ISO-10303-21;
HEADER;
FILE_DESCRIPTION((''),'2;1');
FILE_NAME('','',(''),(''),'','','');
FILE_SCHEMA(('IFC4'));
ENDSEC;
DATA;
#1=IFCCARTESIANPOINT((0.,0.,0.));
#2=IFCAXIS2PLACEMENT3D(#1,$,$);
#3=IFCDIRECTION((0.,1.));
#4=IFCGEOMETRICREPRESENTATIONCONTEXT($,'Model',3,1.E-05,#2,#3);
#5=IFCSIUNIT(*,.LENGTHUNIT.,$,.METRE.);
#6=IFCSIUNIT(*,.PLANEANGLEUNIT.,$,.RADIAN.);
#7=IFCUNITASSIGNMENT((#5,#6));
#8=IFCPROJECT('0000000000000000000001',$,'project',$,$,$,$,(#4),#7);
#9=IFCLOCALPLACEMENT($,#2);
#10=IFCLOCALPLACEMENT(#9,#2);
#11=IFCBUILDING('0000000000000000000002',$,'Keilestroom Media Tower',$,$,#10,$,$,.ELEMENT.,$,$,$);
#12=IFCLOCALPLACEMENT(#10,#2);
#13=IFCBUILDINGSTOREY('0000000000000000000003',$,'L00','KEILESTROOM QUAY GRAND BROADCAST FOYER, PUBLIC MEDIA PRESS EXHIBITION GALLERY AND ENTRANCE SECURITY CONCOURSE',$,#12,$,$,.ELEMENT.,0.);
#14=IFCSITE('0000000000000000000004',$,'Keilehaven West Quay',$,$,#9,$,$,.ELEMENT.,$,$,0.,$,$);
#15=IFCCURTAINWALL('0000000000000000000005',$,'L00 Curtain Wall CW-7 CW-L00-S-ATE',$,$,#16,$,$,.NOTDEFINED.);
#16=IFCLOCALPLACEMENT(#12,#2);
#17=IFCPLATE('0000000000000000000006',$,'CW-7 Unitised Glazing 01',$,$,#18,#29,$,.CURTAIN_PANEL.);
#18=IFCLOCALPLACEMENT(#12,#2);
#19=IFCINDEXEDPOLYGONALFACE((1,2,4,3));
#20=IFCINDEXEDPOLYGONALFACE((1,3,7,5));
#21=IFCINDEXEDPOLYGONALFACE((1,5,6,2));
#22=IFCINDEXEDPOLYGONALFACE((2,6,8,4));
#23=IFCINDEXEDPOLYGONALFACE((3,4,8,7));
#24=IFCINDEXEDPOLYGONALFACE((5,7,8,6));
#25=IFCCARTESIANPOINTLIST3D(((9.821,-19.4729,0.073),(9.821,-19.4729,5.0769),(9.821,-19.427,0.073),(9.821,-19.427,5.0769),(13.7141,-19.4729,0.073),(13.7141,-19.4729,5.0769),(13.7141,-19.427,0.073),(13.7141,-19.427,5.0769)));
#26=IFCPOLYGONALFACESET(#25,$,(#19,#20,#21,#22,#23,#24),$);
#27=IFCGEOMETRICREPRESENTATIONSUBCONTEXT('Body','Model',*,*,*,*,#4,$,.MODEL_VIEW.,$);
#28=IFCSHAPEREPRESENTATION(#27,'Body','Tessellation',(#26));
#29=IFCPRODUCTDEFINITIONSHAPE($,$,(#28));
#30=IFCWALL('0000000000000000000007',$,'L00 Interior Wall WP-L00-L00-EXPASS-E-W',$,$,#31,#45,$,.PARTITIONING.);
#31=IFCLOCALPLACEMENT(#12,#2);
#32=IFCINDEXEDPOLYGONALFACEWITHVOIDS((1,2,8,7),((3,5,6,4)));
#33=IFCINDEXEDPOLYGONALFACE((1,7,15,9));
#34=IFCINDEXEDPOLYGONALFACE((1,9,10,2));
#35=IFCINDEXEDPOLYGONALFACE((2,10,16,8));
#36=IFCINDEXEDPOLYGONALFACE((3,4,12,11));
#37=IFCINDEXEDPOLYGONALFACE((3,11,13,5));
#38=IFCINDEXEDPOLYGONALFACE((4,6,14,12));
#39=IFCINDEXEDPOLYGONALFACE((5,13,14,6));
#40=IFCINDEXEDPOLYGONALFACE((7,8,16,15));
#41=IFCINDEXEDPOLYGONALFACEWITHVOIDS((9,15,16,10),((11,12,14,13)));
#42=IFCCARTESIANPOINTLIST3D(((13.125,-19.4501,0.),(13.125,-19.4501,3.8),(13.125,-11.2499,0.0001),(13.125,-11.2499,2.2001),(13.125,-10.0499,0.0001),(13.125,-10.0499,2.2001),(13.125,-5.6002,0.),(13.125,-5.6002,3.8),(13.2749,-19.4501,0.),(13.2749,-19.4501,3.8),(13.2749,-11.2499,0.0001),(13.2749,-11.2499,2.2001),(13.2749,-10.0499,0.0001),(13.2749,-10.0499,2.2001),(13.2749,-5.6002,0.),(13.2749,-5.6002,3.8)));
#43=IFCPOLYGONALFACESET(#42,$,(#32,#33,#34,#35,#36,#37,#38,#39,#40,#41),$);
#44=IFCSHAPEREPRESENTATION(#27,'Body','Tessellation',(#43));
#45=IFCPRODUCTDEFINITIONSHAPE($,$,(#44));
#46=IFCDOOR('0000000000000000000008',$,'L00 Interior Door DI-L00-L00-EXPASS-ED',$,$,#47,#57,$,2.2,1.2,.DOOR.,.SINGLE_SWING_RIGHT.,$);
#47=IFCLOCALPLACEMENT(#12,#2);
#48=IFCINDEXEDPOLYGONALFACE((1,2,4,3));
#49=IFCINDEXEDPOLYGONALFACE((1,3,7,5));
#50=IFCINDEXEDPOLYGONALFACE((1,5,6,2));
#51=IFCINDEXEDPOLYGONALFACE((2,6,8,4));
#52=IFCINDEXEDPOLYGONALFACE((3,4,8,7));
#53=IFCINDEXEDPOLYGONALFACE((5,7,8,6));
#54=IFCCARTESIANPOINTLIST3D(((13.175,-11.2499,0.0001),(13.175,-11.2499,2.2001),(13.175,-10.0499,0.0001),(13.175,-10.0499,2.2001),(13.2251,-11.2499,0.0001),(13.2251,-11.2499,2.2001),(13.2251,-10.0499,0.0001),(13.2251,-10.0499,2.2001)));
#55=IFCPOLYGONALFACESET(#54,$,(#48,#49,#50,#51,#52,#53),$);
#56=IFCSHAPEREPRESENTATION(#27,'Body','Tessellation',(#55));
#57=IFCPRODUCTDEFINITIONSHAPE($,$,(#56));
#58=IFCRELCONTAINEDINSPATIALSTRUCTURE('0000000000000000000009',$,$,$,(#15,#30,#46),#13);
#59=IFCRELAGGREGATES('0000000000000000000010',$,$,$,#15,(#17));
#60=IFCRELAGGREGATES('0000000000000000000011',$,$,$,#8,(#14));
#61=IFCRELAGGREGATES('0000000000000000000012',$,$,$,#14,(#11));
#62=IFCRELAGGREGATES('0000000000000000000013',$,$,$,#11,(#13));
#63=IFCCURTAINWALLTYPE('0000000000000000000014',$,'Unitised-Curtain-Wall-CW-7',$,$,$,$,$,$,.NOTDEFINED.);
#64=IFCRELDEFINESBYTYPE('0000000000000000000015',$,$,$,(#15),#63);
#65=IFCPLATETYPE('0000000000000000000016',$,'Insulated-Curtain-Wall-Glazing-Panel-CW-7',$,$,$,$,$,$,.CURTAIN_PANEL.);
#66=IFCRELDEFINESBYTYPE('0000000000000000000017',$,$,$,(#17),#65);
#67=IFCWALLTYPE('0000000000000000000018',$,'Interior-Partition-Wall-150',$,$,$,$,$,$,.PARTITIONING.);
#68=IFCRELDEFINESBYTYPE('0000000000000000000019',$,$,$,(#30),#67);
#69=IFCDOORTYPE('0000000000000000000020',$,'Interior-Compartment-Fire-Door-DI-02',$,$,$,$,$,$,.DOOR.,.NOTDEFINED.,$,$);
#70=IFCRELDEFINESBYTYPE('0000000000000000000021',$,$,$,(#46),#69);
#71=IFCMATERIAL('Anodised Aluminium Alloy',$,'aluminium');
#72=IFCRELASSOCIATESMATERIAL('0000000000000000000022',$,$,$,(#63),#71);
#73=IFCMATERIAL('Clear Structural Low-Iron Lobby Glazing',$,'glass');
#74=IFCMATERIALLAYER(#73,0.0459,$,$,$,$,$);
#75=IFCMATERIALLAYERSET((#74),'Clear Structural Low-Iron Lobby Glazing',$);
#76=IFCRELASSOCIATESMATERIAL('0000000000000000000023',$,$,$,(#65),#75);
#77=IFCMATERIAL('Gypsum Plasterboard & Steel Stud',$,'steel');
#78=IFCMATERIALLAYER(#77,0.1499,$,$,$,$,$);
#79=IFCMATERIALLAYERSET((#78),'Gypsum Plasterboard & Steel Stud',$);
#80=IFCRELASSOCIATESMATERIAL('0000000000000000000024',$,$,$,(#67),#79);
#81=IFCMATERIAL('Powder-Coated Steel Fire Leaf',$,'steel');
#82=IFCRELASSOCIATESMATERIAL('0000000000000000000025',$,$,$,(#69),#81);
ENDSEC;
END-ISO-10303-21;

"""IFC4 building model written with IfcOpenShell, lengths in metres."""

from ifc_helpers import new_model, si_unit, direction, frame, frame_2d, origin, origin_2d, place, context, subcontext, project, spatial, rectangle, extrude, source, transform, mapped, material, layer, layer_set, type_object, element, fill, aggregate, save


model = new_model("IFC4")

# Units and contexts
model_context = context("Model", 3, precision=1e-05, world=origin(), true_north=direction((0.0, 1.0)))
body_context = subcontext(model_context, "Body", "Model", "MODEL_VIEW")
ifc_project = project(units=[si_unit("LENGTHUNIT", "METRE"), si_unit("PLANEANGLEUNIT", "RADIAN")], contexts=[model_context])

# Site, building, storey
site_placement = place(None, origin())
site = spatial("IfcSite", under=ifc_project, at=site_placement, Name="Keilehaven West Quay", CompositionType="ELEMENT", RefElevation=0.0)
building_placement = place(site_placement, origin())
building = spatial("IfcBuilding", under=site, at=building_placement, Name="Keilestroom Media Tower", CompositionType="ELEMENT")
storey_placement = place(building_placement, origin())
storey = spatial("IfcBuildingStorey", under=building, at=storey_placement, Name="L00", Description="KEILESTROOM QUAY GRAND BROADCAST FOYER, PUBLIC MEDIA PRESS EXHIBITION GALLERY AND ENTRANCE SECURITY CONCOURSE", CompositionType="ELEMENT", Elevation=0.0)

# Curtain wall, plate
ifc_material_1 = material(Name="Anodised Aluminium Alloy", Category="aluminium")
curtain_wall_type = type_object("IfcCurtainWallType", Name="Unitised-Curtain-Wall-CW-7", PredefinedType="NOTDEFINED", material=ifc_material_1)
curtain_wall_placement = place(storey_placement, origin())
curtain_wall = element("IfcCurtainWall", 1, at=curtain_wall_placement, inside=storey, type_object=curtain_wall_type, Name="L00 Curtain Wall CW-7 CW-L00-S-ATE", PredefinedType="NOTDEFINED")
ifc_material_2 = material(Name="Clear Structural Low-Iron Lobby Glazing", Category="glass")
ifc_layer_1 = layer(ifc_material_2, 0.0459)
ifc_layer_set_1 = layer_set([ifc_layer_1], Name="Clear Structural Low-Iron Lobby Glazing")
plate_type = type_object("IfcPlateType", Name="Insulated-Curtain-Wall-Glazing-Panel-CW-7", PredefinedType="CURTAIN_PANEL", material=ifc_layer_set_1)
shared_shape_1 = source(origin(), body_context, "Body", "SweptSolid", [
    extrude(rectangle(XDim=3.8931, YDim=0.0459, at=origin_2d()), origin(), (0.0, 0.0, 1.0), 5.0039),
])
plate_1_placement = place(storey_placement, frame((11.7676, -19.45, 0.073), z_axis=(0.0, 0.0, 1.0), x_axis=(1.0, 0.0, 0.0)))
plate_1 = element("IfcPlate", 2, at=plate_1_placement, type_object=plate_type, Name="CW-7 Unitised Glazing 01", PredefinedType="CURTAIN_PANEL", context=body_context, shape_type="MappedRepresentation", body=[
    mapped(shared_shape_1, transform((0.0, 0.0, 0.0), x_axis=(1.0, 0.0, 0.0), y_axis=(0.0, 1.0, 0.0), z_axis=(0.0, 0.0, 1.0), scale=1.0)),
])
aggregate(curtain_wall, [plate_1])

# Wall, opening, door
ifc_material_3 = material(Name="Gypsum Plasterboard & Steel Stud", Category="steel")
ifc_layer_2 = layer(ifc_material_3, 0.1499)
ifc_layer_set_2 = layer_set([ifc_layer_2], Name="Gypsum Plasterboard & Steel Stud")
wall_type = type_object("IfcWallType", Name="Interior-Partition-Wall-150", PredefinedType="PARTITIONING", material=ifc_layer_set_2)
wall_placement = place(storey_placement, frame((13.2, -19.45, 0.0), z_axis=(0.0, 0.0, 1.0), x_axis=(0.0, 1.0, 0.0)))
wall = element("IfcWall", 3, at=wall_placement, inside=storey, type_object=wall_type, Name="L00 Interior Wall WP-L00-L00-EXPASS-E-W", PredefinedType="PARTITIONING", context=body_context, shape_type="SweptSolid", body=[
    extrude(rectangle(XDim=13.8499, YDim=0.1499, at=frame_2d((6.9248, 0.0))), origin(), (0.0, 0.0, 1.0), 3.8),
])
opening_placement = place(wall_placement, frame((8.2, 0.0, 0.0)))
opening = element("IfcOpeningElement", 4, at=opening_placement, cuts=wall, PredefinedType="OPENING", context=body_context, shape_type="SweptSolid", body=[
    extrude(rectangle(XDim=1.2, YDim=2.2, at=frame_2d((0.6001, 1.1001))), frame((0.0, 0.085, 0.0), z_axis=(0.0, -1.0, 0.0), x_axis=(1.0, 0.0, 0.0)), (0.0, 0.0, 1.0), 0.1699),
])
ifc_material_4 = material(Name="Powder-Coated Steel Fire Leaf", Category="steel")
door_type = type_object("IfcDoorType", Name="Interior-Compartment-Fire-Door-DI-02", OperationType="NOTDEFINED", PredefinedType="DOOR", material=ifc_material_4)
shared_shape_2 = source(origin(), body_context, "Body", "SweptSolid", [
    extrude(rectangle(XDim=1.2, YDim=2.2, at=frame_2d((0.6001, 1.1001))), frame((0.0, 0.0249, 0.0), z_axis=(0.0, -1.0, 0.0), x_axis=(1.0, 0.0, 0.0)), (0.0, 0.0, 1.0), 0.05),
])
door_placement = place(opening_placement, origin())
door = element("IfcDoor", 5, at=door_placement, inside=storey, type_object=door_type, Name="L00 Interior Door DI-L00-L00-EXPASS-ED", OperationType="SINGLE_SWING_RIGHT", OverallHeight=2.2, OverallWidth=1.2, PredefinedType="DOOR", context=body_context, shape_type="MappedRepresentation", body=[
    mapped(shared_shape_2, transform((0.0, 0.0, 0.0), x_axis=(1.0, 0.0, 0.0), y_axis=(0.0, 1.0, 0.0), z_axis=(0.0, 0.0, 1.0), scale=1.0)),
])
fill(opening, door)

save(model, "model.ifc")
